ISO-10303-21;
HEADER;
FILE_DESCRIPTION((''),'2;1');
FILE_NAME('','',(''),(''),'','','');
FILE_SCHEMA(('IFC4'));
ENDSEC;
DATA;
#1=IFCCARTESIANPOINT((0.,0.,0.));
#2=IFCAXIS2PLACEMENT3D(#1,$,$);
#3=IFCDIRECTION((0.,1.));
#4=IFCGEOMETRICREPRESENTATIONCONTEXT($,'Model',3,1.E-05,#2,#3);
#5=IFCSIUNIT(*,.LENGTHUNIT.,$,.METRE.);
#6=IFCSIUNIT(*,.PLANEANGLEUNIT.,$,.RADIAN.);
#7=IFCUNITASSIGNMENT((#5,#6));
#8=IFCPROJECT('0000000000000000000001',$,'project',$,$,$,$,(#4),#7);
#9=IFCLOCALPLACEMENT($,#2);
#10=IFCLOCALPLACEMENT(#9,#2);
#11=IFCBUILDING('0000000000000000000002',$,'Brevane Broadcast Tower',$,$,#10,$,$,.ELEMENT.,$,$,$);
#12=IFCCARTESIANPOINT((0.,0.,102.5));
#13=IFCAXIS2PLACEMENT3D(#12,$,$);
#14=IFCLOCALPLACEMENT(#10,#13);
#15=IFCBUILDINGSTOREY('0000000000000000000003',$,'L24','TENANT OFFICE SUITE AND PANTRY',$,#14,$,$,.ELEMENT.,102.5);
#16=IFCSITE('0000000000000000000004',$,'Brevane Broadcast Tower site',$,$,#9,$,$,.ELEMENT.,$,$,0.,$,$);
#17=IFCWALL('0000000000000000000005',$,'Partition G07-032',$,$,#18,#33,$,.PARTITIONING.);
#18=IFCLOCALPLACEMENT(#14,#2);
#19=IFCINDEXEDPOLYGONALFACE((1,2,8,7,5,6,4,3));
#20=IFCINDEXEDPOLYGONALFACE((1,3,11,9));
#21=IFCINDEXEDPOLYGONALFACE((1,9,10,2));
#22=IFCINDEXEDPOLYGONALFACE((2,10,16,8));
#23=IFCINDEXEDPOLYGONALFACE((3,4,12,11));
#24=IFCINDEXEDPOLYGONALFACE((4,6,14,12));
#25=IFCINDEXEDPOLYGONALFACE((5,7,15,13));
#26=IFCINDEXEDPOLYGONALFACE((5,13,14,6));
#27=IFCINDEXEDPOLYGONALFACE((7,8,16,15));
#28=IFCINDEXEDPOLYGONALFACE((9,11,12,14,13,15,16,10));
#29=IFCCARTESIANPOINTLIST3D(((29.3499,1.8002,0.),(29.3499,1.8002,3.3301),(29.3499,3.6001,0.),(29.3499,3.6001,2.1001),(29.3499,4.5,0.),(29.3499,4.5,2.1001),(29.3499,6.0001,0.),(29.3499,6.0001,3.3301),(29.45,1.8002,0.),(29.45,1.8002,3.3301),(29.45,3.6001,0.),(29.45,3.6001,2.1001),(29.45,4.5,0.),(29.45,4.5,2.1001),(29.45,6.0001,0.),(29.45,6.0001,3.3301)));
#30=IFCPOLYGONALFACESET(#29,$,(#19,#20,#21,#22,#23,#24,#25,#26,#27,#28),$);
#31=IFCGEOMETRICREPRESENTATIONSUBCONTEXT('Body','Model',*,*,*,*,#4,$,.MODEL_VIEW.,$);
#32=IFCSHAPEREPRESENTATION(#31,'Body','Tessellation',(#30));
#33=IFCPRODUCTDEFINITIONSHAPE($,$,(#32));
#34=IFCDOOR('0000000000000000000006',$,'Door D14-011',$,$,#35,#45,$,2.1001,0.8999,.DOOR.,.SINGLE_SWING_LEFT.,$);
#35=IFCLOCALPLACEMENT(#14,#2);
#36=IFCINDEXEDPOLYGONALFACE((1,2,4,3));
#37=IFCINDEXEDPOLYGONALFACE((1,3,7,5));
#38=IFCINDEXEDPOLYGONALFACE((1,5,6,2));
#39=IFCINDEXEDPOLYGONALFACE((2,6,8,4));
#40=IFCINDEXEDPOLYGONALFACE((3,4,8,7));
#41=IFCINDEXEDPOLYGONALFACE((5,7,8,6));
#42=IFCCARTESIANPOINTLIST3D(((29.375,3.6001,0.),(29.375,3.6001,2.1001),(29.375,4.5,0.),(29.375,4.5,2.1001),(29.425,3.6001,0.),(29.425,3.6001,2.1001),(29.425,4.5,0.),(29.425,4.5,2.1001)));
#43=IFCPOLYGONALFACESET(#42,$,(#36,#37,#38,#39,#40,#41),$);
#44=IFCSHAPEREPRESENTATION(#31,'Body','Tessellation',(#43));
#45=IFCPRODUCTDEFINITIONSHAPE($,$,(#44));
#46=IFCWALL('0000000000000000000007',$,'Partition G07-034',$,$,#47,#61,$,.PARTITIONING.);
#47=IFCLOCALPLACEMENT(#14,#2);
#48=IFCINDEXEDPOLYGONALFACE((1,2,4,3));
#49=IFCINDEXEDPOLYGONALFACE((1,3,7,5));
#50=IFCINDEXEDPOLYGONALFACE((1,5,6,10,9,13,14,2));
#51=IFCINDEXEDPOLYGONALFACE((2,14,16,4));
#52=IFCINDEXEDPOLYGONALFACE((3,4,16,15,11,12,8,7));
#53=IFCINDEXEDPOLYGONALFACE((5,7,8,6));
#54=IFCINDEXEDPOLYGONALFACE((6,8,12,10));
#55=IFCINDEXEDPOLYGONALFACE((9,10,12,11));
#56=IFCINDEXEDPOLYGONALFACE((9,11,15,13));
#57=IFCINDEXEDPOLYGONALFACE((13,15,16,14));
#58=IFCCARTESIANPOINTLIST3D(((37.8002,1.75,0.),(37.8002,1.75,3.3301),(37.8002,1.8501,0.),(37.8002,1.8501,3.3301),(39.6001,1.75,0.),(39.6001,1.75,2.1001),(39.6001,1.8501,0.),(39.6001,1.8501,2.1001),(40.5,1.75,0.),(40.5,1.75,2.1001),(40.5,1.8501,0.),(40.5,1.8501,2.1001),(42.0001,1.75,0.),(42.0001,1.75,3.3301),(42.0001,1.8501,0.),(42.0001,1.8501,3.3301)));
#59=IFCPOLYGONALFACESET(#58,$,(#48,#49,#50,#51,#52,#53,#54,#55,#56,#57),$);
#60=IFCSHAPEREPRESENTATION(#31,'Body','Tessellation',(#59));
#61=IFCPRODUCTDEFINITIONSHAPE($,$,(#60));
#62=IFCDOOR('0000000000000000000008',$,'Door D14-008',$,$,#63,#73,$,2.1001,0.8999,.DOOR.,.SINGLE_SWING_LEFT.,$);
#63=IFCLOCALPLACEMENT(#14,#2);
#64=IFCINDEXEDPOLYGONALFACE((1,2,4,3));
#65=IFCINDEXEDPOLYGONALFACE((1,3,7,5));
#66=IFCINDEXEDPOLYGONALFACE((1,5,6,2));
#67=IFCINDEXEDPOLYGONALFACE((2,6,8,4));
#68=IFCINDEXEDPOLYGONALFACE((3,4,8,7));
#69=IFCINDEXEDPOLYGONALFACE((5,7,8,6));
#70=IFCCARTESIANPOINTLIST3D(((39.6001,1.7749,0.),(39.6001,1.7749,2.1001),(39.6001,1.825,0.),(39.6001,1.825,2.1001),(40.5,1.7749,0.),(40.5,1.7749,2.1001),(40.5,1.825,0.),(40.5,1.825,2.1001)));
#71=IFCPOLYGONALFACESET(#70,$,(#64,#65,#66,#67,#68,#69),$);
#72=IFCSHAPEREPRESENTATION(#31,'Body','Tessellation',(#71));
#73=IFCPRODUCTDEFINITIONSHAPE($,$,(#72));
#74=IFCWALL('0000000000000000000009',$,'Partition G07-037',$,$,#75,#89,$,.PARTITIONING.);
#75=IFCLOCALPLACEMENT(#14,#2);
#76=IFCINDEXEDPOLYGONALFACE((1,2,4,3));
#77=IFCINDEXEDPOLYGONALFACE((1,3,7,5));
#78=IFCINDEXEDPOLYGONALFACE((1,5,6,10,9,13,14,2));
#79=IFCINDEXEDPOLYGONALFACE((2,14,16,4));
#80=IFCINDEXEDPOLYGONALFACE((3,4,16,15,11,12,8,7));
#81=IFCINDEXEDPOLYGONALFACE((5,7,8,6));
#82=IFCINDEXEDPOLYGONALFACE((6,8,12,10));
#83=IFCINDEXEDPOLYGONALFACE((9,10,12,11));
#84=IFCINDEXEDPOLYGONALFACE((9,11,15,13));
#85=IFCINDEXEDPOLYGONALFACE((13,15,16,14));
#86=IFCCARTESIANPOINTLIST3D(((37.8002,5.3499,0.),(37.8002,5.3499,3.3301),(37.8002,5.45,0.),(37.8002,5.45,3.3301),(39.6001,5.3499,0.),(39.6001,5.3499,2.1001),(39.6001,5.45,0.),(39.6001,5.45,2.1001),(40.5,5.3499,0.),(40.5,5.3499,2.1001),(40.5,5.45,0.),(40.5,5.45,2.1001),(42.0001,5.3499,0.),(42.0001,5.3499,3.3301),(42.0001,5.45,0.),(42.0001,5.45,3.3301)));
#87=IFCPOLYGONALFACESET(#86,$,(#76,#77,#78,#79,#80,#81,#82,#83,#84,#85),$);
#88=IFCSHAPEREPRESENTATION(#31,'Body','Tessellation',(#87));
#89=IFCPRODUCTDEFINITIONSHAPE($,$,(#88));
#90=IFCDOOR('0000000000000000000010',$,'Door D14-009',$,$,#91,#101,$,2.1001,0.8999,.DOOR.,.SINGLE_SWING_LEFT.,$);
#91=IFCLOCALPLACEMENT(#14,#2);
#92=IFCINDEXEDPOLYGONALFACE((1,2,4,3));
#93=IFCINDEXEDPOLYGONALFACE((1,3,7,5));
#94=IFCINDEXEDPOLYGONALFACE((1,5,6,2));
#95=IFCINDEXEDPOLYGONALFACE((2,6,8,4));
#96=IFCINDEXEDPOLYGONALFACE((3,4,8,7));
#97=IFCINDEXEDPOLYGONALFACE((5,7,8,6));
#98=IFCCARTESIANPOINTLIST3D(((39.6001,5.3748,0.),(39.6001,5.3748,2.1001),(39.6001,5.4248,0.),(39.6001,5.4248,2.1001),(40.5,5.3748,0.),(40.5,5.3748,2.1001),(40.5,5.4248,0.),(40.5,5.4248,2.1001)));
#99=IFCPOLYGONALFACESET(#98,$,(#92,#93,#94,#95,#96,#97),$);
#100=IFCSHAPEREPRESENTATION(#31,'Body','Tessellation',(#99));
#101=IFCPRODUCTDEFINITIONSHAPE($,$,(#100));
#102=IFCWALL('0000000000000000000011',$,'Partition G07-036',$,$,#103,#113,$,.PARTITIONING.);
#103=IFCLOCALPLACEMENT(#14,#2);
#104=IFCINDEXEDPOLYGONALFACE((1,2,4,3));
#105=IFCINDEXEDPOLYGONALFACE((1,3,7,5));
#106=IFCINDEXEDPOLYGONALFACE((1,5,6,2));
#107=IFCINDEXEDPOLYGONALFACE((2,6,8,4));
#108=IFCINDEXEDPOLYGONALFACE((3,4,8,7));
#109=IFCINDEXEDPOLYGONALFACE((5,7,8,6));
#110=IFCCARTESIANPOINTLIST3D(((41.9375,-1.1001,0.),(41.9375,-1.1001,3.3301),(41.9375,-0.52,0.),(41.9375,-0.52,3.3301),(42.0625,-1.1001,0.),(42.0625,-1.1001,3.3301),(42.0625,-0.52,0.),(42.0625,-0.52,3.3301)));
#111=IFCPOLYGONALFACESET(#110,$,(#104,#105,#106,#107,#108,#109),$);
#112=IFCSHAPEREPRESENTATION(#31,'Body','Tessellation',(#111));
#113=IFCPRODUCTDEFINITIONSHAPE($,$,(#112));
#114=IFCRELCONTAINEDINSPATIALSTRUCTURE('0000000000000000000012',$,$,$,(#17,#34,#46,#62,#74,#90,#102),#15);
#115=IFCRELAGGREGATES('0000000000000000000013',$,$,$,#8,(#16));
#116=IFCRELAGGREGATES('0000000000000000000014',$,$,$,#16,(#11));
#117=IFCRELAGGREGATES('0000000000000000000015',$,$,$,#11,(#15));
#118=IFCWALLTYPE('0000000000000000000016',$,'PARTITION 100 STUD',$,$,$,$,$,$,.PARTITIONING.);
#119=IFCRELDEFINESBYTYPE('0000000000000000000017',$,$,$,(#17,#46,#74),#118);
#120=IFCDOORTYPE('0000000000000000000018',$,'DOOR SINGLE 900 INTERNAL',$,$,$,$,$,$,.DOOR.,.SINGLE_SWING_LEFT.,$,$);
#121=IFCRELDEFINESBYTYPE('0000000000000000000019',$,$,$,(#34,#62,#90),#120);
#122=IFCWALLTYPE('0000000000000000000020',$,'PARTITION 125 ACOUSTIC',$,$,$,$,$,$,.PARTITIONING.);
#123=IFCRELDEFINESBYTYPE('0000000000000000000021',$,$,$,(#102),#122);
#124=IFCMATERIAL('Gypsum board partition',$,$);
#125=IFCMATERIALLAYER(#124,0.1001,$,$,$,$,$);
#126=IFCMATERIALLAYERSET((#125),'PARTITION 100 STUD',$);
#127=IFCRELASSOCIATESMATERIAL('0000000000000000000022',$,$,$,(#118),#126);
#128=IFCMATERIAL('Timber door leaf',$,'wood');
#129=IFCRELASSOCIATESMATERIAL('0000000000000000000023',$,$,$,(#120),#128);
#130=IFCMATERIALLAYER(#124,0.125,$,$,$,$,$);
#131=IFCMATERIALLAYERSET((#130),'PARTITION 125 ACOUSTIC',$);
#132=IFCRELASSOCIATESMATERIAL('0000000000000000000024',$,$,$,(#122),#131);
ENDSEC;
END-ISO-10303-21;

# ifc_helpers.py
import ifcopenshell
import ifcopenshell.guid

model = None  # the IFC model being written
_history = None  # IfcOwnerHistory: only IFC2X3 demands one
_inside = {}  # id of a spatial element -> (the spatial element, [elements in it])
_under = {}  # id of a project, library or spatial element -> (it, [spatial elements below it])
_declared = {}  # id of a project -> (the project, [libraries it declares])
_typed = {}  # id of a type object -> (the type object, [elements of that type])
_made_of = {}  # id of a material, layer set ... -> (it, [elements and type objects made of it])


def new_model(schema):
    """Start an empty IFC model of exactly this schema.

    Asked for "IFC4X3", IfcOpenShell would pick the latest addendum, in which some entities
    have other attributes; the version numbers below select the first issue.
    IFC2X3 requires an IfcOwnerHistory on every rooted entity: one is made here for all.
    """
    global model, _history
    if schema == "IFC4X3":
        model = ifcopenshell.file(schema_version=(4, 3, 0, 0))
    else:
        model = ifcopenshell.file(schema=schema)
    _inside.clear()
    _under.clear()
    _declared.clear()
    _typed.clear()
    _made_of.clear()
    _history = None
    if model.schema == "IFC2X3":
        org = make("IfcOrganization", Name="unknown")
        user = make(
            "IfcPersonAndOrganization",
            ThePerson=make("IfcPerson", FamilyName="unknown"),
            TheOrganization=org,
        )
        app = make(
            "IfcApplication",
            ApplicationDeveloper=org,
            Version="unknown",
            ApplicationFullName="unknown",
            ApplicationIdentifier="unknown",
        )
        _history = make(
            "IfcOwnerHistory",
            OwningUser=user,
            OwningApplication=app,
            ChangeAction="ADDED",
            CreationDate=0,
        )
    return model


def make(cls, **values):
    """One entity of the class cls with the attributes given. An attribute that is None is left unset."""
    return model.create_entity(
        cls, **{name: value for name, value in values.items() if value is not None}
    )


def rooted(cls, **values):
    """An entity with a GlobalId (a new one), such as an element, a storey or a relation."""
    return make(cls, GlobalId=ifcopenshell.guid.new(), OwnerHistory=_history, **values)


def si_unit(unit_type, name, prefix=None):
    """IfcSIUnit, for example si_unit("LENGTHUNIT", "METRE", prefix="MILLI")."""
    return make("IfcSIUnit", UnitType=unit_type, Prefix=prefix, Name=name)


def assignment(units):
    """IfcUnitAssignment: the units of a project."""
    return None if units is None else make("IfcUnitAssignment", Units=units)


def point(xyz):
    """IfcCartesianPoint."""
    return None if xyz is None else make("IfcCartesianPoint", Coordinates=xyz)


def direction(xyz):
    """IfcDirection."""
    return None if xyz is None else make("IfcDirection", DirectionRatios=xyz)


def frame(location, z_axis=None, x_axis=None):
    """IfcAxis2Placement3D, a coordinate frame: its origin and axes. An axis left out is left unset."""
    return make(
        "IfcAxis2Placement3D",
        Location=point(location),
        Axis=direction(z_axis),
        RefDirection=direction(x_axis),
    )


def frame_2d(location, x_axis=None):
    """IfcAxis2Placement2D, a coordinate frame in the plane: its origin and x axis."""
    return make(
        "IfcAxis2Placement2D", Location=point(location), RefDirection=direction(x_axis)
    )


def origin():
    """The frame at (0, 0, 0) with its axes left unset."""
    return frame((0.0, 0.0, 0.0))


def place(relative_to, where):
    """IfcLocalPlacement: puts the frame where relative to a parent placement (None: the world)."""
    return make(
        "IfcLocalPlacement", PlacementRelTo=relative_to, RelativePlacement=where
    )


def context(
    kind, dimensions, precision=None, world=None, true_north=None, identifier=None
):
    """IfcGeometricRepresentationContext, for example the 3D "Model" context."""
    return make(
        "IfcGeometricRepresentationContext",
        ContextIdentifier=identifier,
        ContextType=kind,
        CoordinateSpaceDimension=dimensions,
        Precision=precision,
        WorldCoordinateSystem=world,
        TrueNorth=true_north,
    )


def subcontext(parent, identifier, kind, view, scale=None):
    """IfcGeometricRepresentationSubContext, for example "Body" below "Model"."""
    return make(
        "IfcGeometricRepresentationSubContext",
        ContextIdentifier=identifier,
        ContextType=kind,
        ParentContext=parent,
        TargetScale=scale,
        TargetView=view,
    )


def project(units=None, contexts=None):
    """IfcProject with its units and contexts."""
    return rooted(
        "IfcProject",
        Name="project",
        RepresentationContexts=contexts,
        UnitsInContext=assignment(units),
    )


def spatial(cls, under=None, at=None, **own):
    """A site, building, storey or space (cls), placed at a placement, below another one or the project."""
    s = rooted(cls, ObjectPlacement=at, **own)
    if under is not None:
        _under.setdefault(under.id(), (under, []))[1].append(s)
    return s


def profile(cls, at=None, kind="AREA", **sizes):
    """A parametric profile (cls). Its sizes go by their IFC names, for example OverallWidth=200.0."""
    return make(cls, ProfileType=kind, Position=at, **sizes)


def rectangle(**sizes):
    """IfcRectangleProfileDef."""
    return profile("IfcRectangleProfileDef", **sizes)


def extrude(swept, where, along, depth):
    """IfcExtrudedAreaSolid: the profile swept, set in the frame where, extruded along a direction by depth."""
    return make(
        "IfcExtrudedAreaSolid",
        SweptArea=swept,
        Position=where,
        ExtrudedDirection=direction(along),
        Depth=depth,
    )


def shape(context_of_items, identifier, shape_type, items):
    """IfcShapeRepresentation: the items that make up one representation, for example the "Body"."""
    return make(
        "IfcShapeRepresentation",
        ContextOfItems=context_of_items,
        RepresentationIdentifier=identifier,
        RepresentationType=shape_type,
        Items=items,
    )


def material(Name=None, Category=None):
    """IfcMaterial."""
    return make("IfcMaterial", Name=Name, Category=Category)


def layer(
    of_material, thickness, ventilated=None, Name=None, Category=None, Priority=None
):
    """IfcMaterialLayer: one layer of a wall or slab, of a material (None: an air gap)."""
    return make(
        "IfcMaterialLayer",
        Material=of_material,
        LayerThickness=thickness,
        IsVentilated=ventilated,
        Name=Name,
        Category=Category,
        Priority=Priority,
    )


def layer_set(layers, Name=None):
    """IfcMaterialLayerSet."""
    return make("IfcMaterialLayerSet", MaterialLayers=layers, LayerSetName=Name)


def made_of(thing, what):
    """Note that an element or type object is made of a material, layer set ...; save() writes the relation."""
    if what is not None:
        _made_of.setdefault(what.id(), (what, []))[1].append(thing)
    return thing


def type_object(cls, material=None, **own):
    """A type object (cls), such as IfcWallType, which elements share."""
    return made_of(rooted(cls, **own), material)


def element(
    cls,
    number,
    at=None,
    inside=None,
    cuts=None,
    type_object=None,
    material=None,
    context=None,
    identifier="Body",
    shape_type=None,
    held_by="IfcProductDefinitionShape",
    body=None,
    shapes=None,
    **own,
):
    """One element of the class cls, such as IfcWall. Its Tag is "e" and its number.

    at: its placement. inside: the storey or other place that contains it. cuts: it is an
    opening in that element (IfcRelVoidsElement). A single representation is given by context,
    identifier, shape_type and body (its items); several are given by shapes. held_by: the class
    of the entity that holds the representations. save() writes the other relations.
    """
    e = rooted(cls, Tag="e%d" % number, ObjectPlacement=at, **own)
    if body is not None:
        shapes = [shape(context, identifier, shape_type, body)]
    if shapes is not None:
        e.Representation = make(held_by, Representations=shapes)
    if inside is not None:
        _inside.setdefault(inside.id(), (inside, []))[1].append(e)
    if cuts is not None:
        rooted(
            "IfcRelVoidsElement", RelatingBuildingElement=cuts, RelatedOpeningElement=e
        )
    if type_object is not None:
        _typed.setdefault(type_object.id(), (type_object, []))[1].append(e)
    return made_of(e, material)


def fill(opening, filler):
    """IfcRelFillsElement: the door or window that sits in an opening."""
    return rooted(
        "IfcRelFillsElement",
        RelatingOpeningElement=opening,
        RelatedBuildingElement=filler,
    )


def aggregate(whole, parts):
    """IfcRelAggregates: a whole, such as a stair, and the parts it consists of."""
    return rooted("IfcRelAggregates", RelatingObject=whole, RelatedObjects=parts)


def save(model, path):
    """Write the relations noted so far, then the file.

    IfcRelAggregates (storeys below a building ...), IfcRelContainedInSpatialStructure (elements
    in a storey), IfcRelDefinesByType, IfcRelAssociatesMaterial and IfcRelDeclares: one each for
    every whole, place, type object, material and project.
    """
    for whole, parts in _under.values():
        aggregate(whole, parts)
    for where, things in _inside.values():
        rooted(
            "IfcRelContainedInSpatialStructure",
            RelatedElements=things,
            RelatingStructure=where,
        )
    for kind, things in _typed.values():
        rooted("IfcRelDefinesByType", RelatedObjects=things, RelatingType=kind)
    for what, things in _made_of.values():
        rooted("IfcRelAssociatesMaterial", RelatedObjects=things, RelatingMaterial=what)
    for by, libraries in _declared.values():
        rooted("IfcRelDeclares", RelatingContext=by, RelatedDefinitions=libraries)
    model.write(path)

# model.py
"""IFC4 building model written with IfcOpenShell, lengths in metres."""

from ifc_helpers import new_model, si_unit, direction, frame, frame_2d, origin, place, context, subcontext, project, spatial, rectangle, extrude, material, layer, layer_set, type_object, element, fill, save


model = new_model("IFC4")

# Units and contexts
model_context = context("Model", 3, precision=1e-05, world=origin(), true_north=direction((0.0, 1.0)))
body_context = subcontext(model_context, "Body", "Model", "MODEL_VIEW")
ifc_project = project(units=[si_unit("LENGTHUNIT", "METRE"), si_unit("PLANEANGLEUNIT", "RADIAN")], contexts=[model_context])

# Site, building, storey
site_placement = place(None, origin())
site = spatial("IfcSite", under=ifc_project, at=site_placement, Name="Brevane Broadcast Tower site", CompositionType="ELEMENT", RefElevation=0.0)
building_placement = place(site_placement, origin())
building = spatial("IfcBuilding", under=site, at=building_placement, Name="Brevane Broadcast Tower", CompositionType="ELEMENT")
storey_placement = place(building_placement, frame((0.0, 0.0, 102.5)))
storey = spatial("IfcBuildingStorey", under=building, at=storey_placement, Name="L24", Description="TENANT OFFICE SUITE AND PANTRY", CompositionType="ELEMENT", Elevation=102.5)

# Shared definitions
ifc_material_1 = material(Name="Gypsum board partition")
ifc_layer_1 = layer(ifc_material_1, 0.1001)
ifc_layer_set_1 = layer_set([ifc_layer_1], Name="PARTITION 100 STUD")
wall_type_1 = type_object("IfcWallType", Name="PARTITION 100 STUD", PredefinedType="PARTITIONING", material=ifc_layer_set_1)
ifc_material_2 = material(Name="Timber door leaf", Category="wood")
door_type = type_object("IfcDoorType", Name="DOOR SINGLE 900 INTERNAL", OperationType="SINGLE_SWING_LEFT", PredefinedType="DOOR", material=ifc_material_2)

# Walls, openings, doors
wall_1_placement = place(storey_placement, frame((29.3999, 1.8, 0.0), z_axis=(0.0, 0.0, 1.0), x_axis=(0.0, 1.0, 0.0)))
wall_1 = element("IfcWall", 1, at=wall_1_placement, inside=storey, type_object=wall_type_1, Name="Partition G07-032", PredefinedType="PARTITIONING", context=body_context, shape_type="SweptSolid", body=[
    extrude(rectangle(XDim=4.2, YDim=0.1001, at=frame_2d((2.1001, 0.0))), origin(), (0.0, 0.0, 1.0), 3.3301),
])
opening_1_placement = place(wall_1_placement, frame((1.8, 0.0, 0.0)))
opening_1 = element("IfcOpeningElement", 2, at=opening_1_placement, cuts=wall_1, PredefinedType="OPENING", context=body_context, shape_type="SweptSolid", body=[
    extrude(rectangle(XDim=0.8999, YDim=2.1001, at=frame_2d((0.45, 1.05))), frame((0.0, 0.0601, 0.0), z_axis=(0.0, -1.0, 0.0), x_axis=(1.0, 0.0, 0.0)), (0.0, 0.0, 1.0), 0.1201),
])
door_1_placement = place(opening_1_placement, origin())
door_1 = element("IfcDoor", 3, at=door_1_placement, inside=storey, type_object=door_type, Name="Door D14-011", OperationType="SINGLE_SWING_LEFT", OverallHeight=2.1001, OverallWidth=0.8999, PredefinedType="DOOR", context=body_context, shape_type="SweptSolid", body=[
    extrude(rectangle(XDim=0.8999, YDim=2.1001, at=frame_2d((0.45, 1.05))), frame((0.0, 0.0249, 0.0), z_axis=(0.0, -1.0, 0.0), x_axis=(1.0, 0.0, 0.0)), (0.0, 0.0, 1.0), 0.05),
])
fill(opening_1, door_1)
wall_2_placement = place(storey_placement, frame((37.8, 1.8, 0.0), z_axis=(0.0, 0.0, 1.0), x_axis=(1.0, 0.0, 0.0)))
wall_2 = element("IfcWall", 4, at=wall_2_placement, inside=storey, type_object=wall_type_1, Name="Partition G07-034", PredefinedType="PARTITIONING", context=body_context, shape_type="SweptSolid", body=[
    extrude(rectangle(XDim=4.2, YDim=0.1001, at=frame_2d((2.1001, 0.0))), origin(), (0.0, 0.0, 1.0), 3.3301),
])
opening_2_placement = place(wall_2_placement, frame((1.8, 0.0, 0.0)))
opening_2 = element("IfcOpeningElement", 5, at=opening_2_placement, cuts=wall_2, PredefinedType="OPENING", context=body_context, shape_type="SweptSolid", body=[
    extrude(rectangle(XDim=0.8999, YDim=2.1001, at=frame_2d((0.45, 1.05))), frame((0.0, 0.0601, 0.0), z_axis=(0.0, -1.0, 0.0), x_axis=(1.0, 0.0, 0.0)), (0.0, 0.0, 1.0), 0.1201),
])
door_2_placement = place(opening_2_placement, origin())
door_2 = element("IfcDoor", 6, at=door_2_placement, inside=storey, type_object=door_type, Name="Door D14-008", OperationType="SINGLE_SWING_LEFT", OverallHeight=2.1001, OverallWidth=0.8999, PredefinedType="DOOR", context=body_context, shape_type="SweptSolid", body=[
    extrude(rectangle(XDim=0.8999, YDim=2.1001, at=frame_2d((0.45, 1.05))), frame((0.0, 0.0249, 0.0), z_axis=(0.0, -1.0, 0.0), x_axis=(1.0, 0.0, 0.0)), (0.0, 0.0, 1.0), 0.05),
])
fill(opening_2, door_2)
wall_3_placement = place(storey_placement, frame((37.8, 5.3999, 0.0), z_axis=(0.0, 0.0, 1.0), x_axis=(1.0, 0.0, 0.0)))
wall_3 = element("IfcWall", 7, at=wall_3_placement, inside=storey, type_object=wall_type_1, Name="Partition G07-037", PredefinedType="PARTITIONING", context=body_context, shape_type="SweptSolid", body=[
    extrude(rectangle(XDim=4.2, YDim=0.1001, at=frame_2d((2.1001, 0.0))), origin(), (0.0, 0.0, 1.0), 3.3301),
])
opening_3_placement = place(wall_3_placement, frame((1.8, 0.0, 0.0)))
opening_3 = element("IfcOpeningElement", 8, at=opening_3_placement, cuts=wall_3, PredefinedType="OPENING", context=body_context, shape_type="SweptSolid", body=[
    extrude(rectangle(XDim=0.8999, YDim=2.1001, at=frame_2d((0.45, 1.05))), frame((0.0, 0.0601, 0.0), z_axis=(0.0, -1.0, 0.0), x_axis=(1.0, 0.0, 0.0)), (0.0, 0.0, 1.0), 0.1201),
])
door_3_placement = place(opening_3_placement, origin())
door_3 = element("IfcDoor", 9, at=door_3_placement, inside=storey, type_object=door_type, Name="Door D14-009", OperationType="SINGLE_SWING_LEFT", OverallHeight=2.1001, OverallWidth=0.8999, PredefinedType="DOOR", context=body_context, shape_type="SweptSolid", body=[
    extrude(rectangle(XDim=0.8999, YDim=2.1001, at=frame_2d((0.45, 1.05))), frame((0.0, 0.0249, 0.0), z_axis=(0.0, -1.0, 0.0), x_axis=(1.0, 0.0, 0.0)), (0.0, 0.0, 1.0), 0.05),
])
fill(opening_3, door_3)

# Wall
ifc_layer_2 = layer(ifc_material_1, 0.125)
ifc_layer_set_2 = layer_set([ifc_layer_2], Name="PARTITION 125 ACOUSTIC")
wall_type_2 = type_object("IfcWallType", Name="PARTITION 125 ACOUSTIC", PredefinedType="PARTITIONING", material=ifc_layer_set_2)
wall_4_placement = place(storey_placement, frame((42.0, -0.52, 0.0), z_axis=(0.0, 0.0, 1.0), x_axis=(0.0, -1.0, 0.0)))
element("IfcWall", 10, at=wall_4_placement, inside=storey, type_object=wall_type_2, Name="Partition G07-036", PredefinedType="PARTITIONING", context=body_context, shape_type="SweptSolid", body=[
    extrude(rectangle(XDim=0.5801, YDim=0.125, at=frame_2d((0.29, 0.0))), origin(), (0.0, 0.0, 1.0), 3.3301),
])

save(model, "model.ifc")
